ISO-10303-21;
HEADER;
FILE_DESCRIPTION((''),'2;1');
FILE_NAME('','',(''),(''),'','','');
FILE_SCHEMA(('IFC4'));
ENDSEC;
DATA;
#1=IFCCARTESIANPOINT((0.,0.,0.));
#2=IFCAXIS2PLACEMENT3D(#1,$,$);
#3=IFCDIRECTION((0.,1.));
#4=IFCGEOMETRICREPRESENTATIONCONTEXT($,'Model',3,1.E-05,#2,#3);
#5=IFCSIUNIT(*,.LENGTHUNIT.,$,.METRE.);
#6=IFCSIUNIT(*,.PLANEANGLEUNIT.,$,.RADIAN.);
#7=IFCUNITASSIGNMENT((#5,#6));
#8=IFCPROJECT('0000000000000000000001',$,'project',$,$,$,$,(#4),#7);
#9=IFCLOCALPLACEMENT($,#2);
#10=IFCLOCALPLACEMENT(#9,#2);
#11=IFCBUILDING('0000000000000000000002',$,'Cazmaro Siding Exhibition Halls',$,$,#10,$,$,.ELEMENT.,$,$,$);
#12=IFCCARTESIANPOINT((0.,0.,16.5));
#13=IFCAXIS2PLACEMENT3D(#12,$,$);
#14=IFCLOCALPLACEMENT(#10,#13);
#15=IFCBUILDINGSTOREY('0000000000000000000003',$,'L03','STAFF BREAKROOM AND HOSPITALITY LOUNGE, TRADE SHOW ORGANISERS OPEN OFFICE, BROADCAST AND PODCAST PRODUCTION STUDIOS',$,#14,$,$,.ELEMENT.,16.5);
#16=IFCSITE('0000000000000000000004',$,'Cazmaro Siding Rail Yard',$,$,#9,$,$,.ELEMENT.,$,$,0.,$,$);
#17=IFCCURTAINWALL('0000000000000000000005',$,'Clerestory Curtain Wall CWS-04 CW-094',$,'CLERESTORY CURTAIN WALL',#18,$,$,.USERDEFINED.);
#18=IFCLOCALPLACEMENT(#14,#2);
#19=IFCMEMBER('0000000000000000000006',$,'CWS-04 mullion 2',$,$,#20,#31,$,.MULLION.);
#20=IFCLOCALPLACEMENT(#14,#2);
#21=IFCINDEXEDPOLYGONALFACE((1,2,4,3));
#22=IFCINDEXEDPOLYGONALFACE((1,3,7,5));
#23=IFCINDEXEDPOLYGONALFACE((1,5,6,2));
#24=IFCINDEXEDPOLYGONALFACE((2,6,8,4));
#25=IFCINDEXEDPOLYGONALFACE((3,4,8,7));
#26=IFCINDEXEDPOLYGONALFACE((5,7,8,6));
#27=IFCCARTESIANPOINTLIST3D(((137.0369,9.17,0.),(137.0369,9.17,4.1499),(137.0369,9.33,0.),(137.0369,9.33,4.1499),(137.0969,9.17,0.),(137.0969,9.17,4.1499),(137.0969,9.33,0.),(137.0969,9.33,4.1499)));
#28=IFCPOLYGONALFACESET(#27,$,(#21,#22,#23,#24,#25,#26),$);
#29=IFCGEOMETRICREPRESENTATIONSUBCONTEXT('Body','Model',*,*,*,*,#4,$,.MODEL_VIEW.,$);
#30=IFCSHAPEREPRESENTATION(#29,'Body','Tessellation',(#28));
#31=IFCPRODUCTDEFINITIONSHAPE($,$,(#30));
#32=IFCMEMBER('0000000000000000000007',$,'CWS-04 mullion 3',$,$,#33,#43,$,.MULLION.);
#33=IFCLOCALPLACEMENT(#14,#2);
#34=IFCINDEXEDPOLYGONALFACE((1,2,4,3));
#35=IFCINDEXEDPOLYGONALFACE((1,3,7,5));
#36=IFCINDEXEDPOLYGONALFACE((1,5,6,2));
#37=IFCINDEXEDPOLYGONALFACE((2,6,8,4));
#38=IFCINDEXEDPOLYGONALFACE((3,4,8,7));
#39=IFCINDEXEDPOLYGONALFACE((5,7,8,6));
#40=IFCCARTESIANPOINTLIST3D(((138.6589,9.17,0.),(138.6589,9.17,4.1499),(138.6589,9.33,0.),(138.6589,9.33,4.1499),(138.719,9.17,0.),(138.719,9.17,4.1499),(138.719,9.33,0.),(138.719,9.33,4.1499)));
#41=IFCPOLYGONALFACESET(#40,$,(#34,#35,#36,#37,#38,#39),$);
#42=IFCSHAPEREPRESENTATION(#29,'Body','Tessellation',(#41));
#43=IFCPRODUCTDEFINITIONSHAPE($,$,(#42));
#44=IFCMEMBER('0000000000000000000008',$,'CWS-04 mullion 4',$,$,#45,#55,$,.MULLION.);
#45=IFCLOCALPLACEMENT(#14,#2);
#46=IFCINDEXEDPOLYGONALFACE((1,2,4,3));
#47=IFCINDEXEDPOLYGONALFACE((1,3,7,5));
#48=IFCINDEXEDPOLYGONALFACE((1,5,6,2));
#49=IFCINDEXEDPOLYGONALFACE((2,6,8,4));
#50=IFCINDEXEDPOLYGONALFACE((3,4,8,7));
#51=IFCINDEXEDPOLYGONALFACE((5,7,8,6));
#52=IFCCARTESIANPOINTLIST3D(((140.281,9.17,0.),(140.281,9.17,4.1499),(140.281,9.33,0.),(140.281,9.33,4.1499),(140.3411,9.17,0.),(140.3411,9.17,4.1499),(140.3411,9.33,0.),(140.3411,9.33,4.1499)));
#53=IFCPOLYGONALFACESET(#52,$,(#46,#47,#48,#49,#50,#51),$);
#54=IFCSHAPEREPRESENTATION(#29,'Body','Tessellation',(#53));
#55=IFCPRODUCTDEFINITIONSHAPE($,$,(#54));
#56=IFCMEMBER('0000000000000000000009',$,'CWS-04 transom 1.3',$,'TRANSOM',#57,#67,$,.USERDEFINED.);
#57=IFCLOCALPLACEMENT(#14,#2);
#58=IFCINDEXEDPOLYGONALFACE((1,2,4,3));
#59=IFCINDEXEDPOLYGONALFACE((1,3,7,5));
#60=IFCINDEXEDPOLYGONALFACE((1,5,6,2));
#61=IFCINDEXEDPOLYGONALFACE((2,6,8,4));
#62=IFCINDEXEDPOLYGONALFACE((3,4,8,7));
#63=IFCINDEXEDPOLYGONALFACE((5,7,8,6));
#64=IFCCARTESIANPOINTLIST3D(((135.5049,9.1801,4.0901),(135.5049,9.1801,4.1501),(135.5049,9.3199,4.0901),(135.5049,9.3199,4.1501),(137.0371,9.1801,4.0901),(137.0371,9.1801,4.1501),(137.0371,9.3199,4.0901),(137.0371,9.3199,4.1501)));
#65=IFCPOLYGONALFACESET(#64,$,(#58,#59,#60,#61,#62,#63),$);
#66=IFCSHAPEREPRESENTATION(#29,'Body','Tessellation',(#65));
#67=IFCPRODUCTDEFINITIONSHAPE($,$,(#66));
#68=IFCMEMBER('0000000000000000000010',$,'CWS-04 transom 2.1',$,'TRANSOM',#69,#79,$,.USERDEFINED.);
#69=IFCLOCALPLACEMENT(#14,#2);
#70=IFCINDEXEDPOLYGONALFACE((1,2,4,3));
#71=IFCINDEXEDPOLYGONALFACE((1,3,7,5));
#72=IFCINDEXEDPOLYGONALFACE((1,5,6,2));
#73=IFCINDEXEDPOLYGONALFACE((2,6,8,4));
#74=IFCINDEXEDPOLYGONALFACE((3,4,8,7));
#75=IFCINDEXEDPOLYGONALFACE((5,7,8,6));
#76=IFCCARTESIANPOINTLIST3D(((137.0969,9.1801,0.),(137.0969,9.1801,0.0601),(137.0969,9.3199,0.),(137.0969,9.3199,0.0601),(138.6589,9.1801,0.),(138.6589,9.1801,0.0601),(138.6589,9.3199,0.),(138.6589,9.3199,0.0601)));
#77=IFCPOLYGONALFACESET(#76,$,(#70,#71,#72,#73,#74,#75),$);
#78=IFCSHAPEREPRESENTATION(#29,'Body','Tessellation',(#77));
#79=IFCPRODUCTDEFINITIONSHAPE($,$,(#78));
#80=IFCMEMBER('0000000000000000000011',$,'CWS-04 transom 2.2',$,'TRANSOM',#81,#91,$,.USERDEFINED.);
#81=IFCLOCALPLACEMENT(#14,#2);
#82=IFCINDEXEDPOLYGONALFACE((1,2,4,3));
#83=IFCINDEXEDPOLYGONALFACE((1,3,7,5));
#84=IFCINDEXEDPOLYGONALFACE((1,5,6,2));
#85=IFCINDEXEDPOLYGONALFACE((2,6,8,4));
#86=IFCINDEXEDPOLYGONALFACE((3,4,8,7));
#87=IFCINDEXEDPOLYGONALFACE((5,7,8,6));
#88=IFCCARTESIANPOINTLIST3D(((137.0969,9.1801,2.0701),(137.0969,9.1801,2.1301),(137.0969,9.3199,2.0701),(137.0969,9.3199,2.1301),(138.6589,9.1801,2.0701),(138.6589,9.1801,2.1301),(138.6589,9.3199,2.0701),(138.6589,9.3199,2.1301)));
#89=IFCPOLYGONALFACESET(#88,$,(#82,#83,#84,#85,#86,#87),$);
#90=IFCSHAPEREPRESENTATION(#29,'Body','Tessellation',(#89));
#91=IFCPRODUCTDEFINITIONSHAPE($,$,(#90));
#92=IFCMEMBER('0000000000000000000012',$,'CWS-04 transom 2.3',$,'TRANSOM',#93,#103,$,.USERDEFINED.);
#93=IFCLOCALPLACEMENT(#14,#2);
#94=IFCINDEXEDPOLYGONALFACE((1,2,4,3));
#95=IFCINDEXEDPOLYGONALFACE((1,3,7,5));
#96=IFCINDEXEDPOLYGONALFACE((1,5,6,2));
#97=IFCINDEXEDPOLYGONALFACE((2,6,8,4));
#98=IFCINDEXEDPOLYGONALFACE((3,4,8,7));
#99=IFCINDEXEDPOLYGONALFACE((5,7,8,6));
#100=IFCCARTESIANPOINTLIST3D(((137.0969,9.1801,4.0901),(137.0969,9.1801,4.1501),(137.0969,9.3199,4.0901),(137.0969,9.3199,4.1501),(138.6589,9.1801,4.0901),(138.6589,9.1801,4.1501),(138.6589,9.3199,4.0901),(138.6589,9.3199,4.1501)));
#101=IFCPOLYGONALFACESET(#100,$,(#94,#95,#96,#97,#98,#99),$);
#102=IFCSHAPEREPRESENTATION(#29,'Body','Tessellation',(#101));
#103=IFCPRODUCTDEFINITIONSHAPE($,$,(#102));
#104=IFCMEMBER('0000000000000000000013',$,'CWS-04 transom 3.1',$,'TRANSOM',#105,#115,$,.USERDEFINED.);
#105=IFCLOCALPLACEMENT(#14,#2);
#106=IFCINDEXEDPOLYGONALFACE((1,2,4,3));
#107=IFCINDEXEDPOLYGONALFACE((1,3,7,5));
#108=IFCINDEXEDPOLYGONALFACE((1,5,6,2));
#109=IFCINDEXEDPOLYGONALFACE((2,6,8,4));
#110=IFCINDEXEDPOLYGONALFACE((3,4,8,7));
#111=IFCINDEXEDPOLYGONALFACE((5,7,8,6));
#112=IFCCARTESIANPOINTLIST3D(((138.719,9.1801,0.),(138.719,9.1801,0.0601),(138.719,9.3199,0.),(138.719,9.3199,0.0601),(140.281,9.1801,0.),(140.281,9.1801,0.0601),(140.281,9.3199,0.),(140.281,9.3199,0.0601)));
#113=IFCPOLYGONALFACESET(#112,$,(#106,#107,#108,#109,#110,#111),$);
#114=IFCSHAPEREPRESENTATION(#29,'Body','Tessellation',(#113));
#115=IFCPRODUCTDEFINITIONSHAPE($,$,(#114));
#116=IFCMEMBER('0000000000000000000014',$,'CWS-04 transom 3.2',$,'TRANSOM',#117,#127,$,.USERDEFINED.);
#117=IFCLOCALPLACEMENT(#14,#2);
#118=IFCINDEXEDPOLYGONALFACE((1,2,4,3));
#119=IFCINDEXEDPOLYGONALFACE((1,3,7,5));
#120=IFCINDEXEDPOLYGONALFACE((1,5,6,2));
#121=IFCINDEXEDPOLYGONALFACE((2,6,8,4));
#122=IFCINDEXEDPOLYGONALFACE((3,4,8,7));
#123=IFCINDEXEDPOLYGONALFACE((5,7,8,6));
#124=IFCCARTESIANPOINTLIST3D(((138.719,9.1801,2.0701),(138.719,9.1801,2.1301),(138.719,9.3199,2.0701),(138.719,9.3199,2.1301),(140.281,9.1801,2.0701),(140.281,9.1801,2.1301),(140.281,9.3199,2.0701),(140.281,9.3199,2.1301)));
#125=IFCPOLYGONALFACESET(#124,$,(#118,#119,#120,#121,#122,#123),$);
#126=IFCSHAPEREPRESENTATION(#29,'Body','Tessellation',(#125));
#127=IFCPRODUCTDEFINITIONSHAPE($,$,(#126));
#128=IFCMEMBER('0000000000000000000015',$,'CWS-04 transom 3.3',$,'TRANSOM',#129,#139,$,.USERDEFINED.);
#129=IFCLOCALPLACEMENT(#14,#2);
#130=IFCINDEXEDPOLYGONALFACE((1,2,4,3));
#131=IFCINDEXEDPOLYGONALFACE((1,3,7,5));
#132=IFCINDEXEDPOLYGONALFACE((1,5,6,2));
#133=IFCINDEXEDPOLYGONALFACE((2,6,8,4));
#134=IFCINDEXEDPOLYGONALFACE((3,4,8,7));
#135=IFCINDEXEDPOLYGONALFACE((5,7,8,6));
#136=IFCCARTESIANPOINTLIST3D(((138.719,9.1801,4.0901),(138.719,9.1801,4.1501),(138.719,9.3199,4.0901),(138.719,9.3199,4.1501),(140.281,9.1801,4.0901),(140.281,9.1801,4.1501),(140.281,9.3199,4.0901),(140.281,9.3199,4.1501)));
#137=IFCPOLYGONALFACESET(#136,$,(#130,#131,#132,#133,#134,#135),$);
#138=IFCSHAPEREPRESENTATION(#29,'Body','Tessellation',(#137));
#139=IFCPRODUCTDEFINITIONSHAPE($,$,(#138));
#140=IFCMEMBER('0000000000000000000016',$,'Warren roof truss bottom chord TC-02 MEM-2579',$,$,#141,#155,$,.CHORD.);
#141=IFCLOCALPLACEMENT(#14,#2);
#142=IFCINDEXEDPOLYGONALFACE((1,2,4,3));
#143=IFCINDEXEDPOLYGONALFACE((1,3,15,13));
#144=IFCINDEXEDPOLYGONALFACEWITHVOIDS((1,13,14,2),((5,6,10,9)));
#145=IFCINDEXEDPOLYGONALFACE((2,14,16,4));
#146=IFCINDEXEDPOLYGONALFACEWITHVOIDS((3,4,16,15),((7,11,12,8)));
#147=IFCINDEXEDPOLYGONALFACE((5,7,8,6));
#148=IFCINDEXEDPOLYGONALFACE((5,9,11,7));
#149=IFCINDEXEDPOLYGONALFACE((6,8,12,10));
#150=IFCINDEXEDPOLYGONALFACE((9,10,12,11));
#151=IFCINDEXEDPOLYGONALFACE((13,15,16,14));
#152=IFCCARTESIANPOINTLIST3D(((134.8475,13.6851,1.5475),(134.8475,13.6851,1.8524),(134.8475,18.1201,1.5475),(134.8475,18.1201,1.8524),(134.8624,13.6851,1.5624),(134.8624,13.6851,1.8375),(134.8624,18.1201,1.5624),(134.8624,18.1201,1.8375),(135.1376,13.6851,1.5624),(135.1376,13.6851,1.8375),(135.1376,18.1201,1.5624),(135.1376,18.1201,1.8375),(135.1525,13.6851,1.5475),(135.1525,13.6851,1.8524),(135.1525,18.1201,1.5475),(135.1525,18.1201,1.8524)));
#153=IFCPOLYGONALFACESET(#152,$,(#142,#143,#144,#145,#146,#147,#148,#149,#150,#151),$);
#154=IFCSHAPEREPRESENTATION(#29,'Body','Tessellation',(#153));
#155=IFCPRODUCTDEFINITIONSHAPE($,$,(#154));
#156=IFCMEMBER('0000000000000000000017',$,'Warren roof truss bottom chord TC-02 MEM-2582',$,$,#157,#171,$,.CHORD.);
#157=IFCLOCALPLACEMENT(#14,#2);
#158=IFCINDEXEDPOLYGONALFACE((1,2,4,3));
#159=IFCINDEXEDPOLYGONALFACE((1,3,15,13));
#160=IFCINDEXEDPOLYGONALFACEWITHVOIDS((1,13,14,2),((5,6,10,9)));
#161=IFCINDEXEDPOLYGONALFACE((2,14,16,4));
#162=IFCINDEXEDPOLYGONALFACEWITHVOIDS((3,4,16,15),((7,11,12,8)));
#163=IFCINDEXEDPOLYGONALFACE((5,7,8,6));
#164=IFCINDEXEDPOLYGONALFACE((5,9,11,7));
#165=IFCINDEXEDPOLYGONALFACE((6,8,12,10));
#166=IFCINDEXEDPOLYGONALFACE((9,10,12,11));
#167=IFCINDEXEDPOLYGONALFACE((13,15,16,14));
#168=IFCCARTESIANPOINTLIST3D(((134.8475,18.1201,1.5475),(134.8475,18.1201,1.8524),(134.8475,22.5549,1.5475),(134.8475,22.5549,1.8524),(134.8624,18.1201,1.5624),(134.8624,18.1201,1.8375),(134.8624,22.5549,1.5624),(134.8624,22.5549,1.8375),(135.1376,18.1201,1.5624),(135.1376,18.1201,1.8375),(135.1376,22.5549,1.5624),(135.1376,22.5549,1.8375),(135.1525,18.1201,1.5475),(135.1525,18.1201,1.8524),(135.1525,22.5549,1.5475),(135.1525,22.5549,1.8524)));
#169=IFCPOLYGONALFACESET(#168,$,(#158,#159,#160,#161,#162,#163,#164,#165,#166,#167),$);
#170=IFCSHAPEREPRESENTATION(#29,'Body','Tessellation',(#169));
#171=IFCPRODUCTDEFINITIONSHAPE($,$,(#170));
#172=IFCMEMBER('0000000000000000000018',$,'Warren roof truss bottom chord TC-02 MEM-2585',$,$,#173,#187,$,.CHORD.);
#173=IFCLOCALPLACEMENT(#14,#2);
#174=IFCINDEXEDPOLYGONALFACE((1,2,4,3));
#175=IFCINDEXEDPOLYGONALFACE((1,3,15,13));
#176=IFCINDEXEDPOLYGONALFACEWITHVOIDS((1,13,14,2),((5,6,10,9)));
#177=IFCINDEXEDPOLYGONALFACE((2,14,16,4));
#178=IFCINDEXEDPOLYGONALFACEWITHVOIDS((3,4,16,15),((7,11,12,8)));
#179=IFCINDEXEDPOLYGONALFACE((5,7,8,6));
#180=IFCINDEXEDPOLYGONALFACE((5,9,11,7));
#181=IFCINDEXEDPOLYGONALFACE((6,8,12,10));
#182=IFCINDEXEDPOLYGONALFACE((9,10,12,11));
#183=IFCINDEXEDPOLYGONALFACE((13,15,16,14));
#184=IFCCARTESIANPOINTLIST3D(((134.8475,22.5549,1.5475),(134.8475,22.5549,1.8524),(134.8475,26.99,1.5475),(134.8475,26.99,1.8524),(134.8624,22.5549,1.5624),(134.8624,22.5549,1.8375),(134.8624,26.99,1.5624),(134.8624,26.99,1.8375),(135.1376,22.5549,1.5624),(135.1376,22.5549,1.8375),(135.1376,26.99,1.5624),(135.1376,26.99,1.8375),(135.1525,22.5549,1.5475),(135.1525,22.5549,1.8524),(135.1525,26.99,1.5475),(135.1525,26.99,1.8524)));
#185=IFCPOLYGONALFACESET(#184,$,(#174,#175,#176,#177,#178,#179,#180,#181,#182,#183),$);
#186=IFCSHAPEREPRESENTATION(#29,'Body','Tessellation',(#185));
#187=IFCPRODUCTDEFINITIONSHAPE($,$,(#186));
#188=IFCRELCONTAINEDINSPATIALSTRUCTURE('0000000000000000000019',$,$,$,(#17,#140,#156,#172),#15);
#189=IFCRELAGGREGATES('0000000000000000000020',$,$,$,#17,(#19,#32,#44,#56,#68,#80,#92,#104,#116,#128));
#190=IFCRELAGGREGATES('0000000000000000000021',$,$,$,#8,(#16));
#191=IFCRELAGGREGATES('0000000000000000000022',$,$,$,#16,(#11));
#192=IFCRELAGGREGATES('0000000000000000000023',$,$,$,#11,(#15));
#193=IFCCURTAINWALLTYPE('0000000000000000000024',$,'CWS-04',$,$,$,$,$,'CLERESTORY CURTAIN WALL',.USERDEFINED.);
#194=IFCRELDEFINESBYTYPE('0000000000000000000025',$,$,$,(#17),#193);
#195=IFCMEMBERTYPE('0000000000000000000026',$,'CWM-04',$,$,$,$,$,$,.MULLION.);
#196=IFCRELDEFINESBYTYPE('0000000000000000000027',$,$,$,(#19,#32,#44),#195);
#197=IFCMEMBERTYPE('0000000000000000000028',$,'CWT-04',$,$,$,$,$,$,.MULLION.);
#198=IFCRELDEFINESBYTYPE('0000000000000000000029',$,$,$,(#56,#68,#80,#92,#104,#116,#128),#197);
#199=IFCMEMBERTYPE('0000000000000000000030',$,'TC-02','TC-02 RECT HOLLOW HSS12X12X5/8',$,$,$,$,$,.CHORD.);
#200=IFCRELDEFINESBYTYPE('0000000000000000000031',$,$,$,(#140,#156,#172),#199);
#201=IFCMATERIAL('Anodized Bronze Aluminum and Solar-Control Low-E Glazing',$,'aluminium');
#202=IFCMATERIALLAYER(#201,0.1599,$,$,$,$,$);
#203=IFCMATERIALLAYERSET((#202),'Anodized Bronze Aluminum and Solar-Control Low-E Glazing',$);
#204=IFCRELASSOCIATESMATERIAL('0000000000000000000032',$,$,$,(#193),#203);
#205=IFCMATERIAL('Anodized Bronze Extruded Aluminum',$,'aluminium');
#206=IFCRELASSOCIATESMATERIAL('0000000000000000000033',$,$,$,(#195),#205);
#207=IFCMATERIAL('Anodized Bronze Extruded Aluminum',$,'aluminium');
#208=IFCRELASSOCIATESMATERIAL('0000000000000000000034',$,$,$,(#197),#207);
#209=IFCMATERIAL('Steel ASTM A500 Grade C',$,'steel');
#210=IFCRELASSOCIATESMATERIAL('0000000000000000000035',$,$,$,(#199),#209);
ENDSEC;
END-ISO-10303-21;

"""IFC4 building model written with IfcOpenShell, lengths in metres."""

from ifc_helpers import new_model, si_unit, direction, frame, origin, origin_2d, place, context, subcontext, project, spatial, rectangle, hollow_rectangle, extrude, material, layer, layer_set, material_profile, profile_set, type_object, element, aggregate, save


model = new_model("IFC4")

# Units and contexts
model_context = context("Model", 3, precision=1e-05, world=origin(), true_north=direction((0.0, 1.0)))
body_context = subcontext(model_context, "Body", "Model", "MODEL_VIEW")
ifc_project = project(units=[si_unit("LENGTHUNIT", "METRE"), si_unit("PLANEANGLEUNIT", "RADIAN")], contexts=[model_context])

# Site, building, storey
site_placement = place(None, origin())
site = spatial("IfcSite", under=ifc_project, at=site_placement, Name="Cazmaro Siding Rail Yard", CompositionType="ELEMENT", RefElevation=0.0)
building_placement = place(site_placement, origin())
building = spatial("IfcBuilding", under=site, at=building_placement, Name="Cazmaro Siding Exhibition Halls", CompositionType="ELEMENT")
storey_placement = place(building_placement, frame((0.0, 0.0, 16.5)))
storey = spatial("IfcBuildingStorey", under=building, at=storey_placement, Name="L03", Description="STAFF BREAKROOM AND HOSPITALITY LOUNGE, TRADE SHOW ORGANISERS OPEN OFFICE, BROADCAST AND PODCAST PRODUCTION STUDIOS", CompositionType="ELEMENT", Elevation=16.5)

# Curtain wall, members
ifc_material_1 = material(Name="Anodized Bronze Aluminum and Solar-Control Low-E Glazing", Category="aluminium")
ifc_layer_1 = layer(ifc_material_1, 0.1599)
ifc_layer_set_1 = layer_set([ifc_layer_1], Name="Anodized Bronze Aluminum and Solar-Control Low-E Glazing")
curtain_wall_type = type_object("IfcCurtainWallType", Name="CWS-04", ElementType="CLERESTORY CURTAIN WALL", PredefinedType="USERDEFINED", material=ifc_layer_set_1)
curtain_wall_placement = place(storey_placement, origin())
curtain_wall = element("IfcCurtainWall", 1, at=curtain_wall_placement, inside=storey, type_object=curtain_wall_type, Name="Clerestory Curtain Wall CWS-04 CW-094", ObjectType="CLERESTORY CURTAIN WALL", PredefinedType="USERDEFINED")
ifc_material_2 = material(Name="Anodized Bronze Extruded Aluminum", Category="aluminium")
ifc_material_profile_1 = material_profile(ifc_material_2, rectangle(XDim=0.1599, YDim=0.0601, at=origin_2d()), Name="CWM-04")
ifc_profile_set_1 = profile_set([ifc_material_profile_1], Name="Anodized Bronze Extruded Aluminum")
member_type_1 = type_object("IfcMemberType", Name="CWM-04", PredefinedType="MULLION", material=ifc_profile_set_1)
member_1_placement = place(storey_placement, frame((137.0669, 9.25, 0.0), z_axis=(0.0, 0.0, 1.0), x_axis=(0.0, 1.0, 0.0)))
member_1 = element("IfcMember", 2, at=member_1_placement, type_object=member_type_1, Name="CWS-04 mullion 2", PredefinedType="MULLION", context=body_context, shape_type="SweptSolid", body=[
    extrude(rectangle(XDim=0.1599, YDim=0.0601, at=origin_2d()), origin(), (0.0, 0.0, 1.0), 4.1499),
])
member_2_placement = place(storey_placement, frame((138.689, 9.25, 0.0), z_axis=(0.0, 0.0, 1.0), x_axis=(0.0, 1.0, 0.0)))
member_2 = element("IfcMember", 3, at=member_2_placement, type_object=member_type_1, Name="CWS-04 mullion 3", PredefinedType="MULLION", context=body_context, shape_type="SweptSolid", body=[
    extrude(rectangle(XDim=0.1599, YDim=0.0601, at=origin_2d()), origin(), (0.0, 0.0, 1.0), 4.1499),
])
member_3_placement = place(storey_placement, frame((140.311, 9.25, 0.0), z_axis=(0.0, 0.0, 1.0), x_axis=(0.0, 1.0, 0.0)))
member_3 = element("IfcMember", 4, at=member_3_placement, type_object=member_type_1, Name="CWS-04 mullion 4", PredefinedType="MULLION", context=body_context, shape_type="SweptSolid", body=[
    extrude(rectangle(XDim=0.1599, YDim=0.0601, at=origin_2d()), origin(), (0.0, 0.0, 1.0), 4.1499),
])
ifc_material_3 = material(Name="Anodized Bronze Extruded Aluminum", Category="aluminium")
ifc_material_profile_2 = material_profile(ifc_material_3, rectangle(XDim=0.1399, YDim=0.0601, at=origin_2d()), Name="CWT-04")
ifc_profile_set_2 = profile_set([ifc_material_profile_2], Name="Anodized Bronze Extruded Aluminum")
member_type_2 = type_object("IfcMemberType", Name="CWT-04", PredefinedType="MULLION", material=ifc_profile_set_2)
member_4_placement = place(storey_placement, frame((135.5049, 9.25, 4.1201), z_axis=(1.0, 0.0, 0.0), x_axis=(0.0, 1.0, 0.0)))
member_4 = element("IfcMember", 5, at=member_4_placement, type_object=member_type_2, Name="CWS-04 transom 1.3", ObjectType="TRANSOM", PredefinedType="USERDEFINED", context=body_context, shape_type="SweptSolid", body=[
    extrude(rectangle(XDim=0.1399, YDim=0.0601, at=origin_2d()), origin(), (0.0, 0.0, 1.0), 1.5322),
])
member_5_placement = place(storey_placement, frame((137.0969, 9.25, 0.03), z_axis=(1.0, 0.0, 0.0), x_axis=(0.0, 1.0, 0.0)))
member_5 = element("IfcMember", 6, at=member_5_placement, type_object=member_type_2, Name="CWS-04 transom 2.1", ObjectType="TRANSOM", PredefinedType="USERDEFINED", context=body_context, shape_type="SweptSolid", body=[
    extrude(rectangle(XDim=0.1399, YDim=0.0601, at=origin_2d()), origin(), (0.0, 0.0, 1.0), 1.562),
])
member_6_placement = place(storey_placement, frame((137.0969, 9.25, 2.1001), z_axis=(1.0, 0.0, 0.0), x_axis=(0.0, 1.0, 0.0)))
member_6 = element("IfcMember", 7, at=member_6_placement, type_object=member_type_2, Name="CWS-04 transom 2.2", ObjectType="TRANSOM", PredefinedType="USERDEFINED", context=body_context, shape_type="SweptSolid", body=[
    extrude(rectangle(XDim=0.1399, YDim=0.0601, at=origin_2d()), origin(), (0.0, 0.0, 1.0), 1.562),
])
member_7_placement = place(storey_placement, frame((137.0969, 9.25, 4.1201), z_axis=(1.0, 0.0, 0.0), x_axis=(0.0, 1.0, 0.0)))
member_7 = element("IfcMember", 8, at=member_7_placement, type_object=member_type_2, Name="CWS-04 transom 2.3", ObjectType="TRANSOM", PredefinedType="USERDEFINED", context=body_context, shape_type="SweptSolid", body=[
    extrude(rectangle(XDim=0.1399, YDim=0.0601, at=origin_2d()), origin(), (0.0, 0.0, 1.0), 1.562),
])
member_8_placement = place(storey_placement, frame((138.719, 9.25, 0.03), z_axis=(1.0, 0.0, 0.0), x_axis=(0.0, 1.0, 0.0)))
member_8 = element("IfcMember", 9, at=member_8_placement, type_object=member_type_2, Name="CWS-04 transom 3.1", ObjectType="TRANSOM", PredefinedType="USERDEFINED", context=body_context, shape_type="SweptSolid", body=[
    extrude(rectangle(XDim=0.1399, YDim=0.0601, at=origin_2d()), origin(), (0.0, 0.0, 1.0), 1.562),
])
member_9_placement = place(storey_placement, frame((138.719, 9.25, 2.1001), z_axis=(1.0, 0.0, 0.0), x_axis=(0.0, 1.0, 0.0)))
member_9 = element("IfcMember", 10, at=member_9_placement, type_object=member_type_2, Name="CWS-04 transom 3.2", ObjectType="TRANSOM", PredefinedType="USERDEFINED", context=body_context, shape_type="SweptSolid", body=[
    extrude(rectangle(XDim=0.1399, YDim=0.0601, at=origin_2d()), origin(), (0.0, 0.0, 1.0), 1.562),
])
member_10_placement = place(storey_placement, frame((138.719, 9.25, 4.1201), z_axis=(1.0, 0.0, 0.0), x_axis=(0.0, 1.0, 0.0)))
member_10 = element("IfcMember", 11, at=member_10_placement, type_object=member_type_2, Name="CWS-04 transom 3.3", ObjectType="TRANSOM", PredefinedType="USERDEFINED", context=body_context, shape_type="SweptSolid", body=[
    extrude(rectangle(XDim=0.1399, YDim=0.0601, at=origin_2d()), origin(), (0.0, 0.0, 1.0), 1.562),
])

# Members
ifc_material_4 = material(Name="Steel ASTM A500 Grade C", Category="steel")
ifc_material_profile_3 = material_profile(ifc_material_4, hollow_rectangle(XDim=0.3049, YDim=0.3049, WallThickness=0.0149, at=origin_2d()), Name="HSS12X12X5/8")
ifc_profile_set_3 = profile_set([ifc_material_profile_3], Name="Steel ASTM A500 Grade C")
member_type_3 = type_object("IfcMemberType", Name="TC-02", Description="TC-02 RECT HOLLOW HSS12X12X5/8", PredefinedType="CHORD", material=ifc_profile_set_3)
member_11_placement = place(storey_placement, frame((135.0, 13.6851, 1.7), z_axis=(0.0, 1.0, 0.0), x_axis=(-1.0, 0.0, 0.0)))
element("IfcMember", 12, at=member_11_placement, inside=storey, type_object=member_type_3, Name="Warren roof truss bottom chord TC-02 MEM-2579", PredefinedType="CHORD", context=body_context, shape_type="SweptSolid", body=[
    extrude(hollow_rectangle(XDim=0.3049, YDim=0.3049, WallThickness=0.0149, at=origin_2d()), origin(), (0.0, 0.0, 1.0), 4.4351),
])
member_12_placement = place(storey_placement, frame((135.0, 18.1201, 1.7), z_axis=(0.0, 1.0, 0.0), x_axis=(-1.0, 0.0, 0.0)))
element("IfcMember", 13, at=member_12_placement, inside=storey, type_object=member_type_3, Name="Warren roof truss bottom chord TC-02 MEM-2582", PredefinedType="CHORD", context=body_context, shape_type="SweptSolid", body=[
    extrude(hollow_rectangle(XDim=0.3049, YDim=0.3049, WallThickness=0.0149, at=origin_2d()), origin(), (0.0, 0.0, 1.0), 4.4348),
])
for number, where, z_axis, x_axis, name in (
    (14, (135.0, 22.5549, 1.7), (0.0, 1.0, 0.0), (-1.0, 0.0, 0.0), "Warren roof truss bottom chord TC-02 MEM-2585"),
):
    element("IfcMember", number, at=place(storey_placement, frame(where, z_axis=z_axis, x_axis=x_axis)), inside=storey, type_object=member_type_3, Name=name, PredefinedType="CHORD", context=body_context, shape_type="SweptSolid", body=[
        extrude(hollow_rectangle(XDim=0.3049, YDim=0.3049, WallThickness=0.0149, at=origin_2d()), origin(), (0.0, 0.0, 1.0), 4.4351),
    ])

aggregate(curtain_wall, [member_1, member_2, member_3, member_4, member_5, member_6, member_7, member_8, member_9, member_10])

save(model, "model.ifc")
